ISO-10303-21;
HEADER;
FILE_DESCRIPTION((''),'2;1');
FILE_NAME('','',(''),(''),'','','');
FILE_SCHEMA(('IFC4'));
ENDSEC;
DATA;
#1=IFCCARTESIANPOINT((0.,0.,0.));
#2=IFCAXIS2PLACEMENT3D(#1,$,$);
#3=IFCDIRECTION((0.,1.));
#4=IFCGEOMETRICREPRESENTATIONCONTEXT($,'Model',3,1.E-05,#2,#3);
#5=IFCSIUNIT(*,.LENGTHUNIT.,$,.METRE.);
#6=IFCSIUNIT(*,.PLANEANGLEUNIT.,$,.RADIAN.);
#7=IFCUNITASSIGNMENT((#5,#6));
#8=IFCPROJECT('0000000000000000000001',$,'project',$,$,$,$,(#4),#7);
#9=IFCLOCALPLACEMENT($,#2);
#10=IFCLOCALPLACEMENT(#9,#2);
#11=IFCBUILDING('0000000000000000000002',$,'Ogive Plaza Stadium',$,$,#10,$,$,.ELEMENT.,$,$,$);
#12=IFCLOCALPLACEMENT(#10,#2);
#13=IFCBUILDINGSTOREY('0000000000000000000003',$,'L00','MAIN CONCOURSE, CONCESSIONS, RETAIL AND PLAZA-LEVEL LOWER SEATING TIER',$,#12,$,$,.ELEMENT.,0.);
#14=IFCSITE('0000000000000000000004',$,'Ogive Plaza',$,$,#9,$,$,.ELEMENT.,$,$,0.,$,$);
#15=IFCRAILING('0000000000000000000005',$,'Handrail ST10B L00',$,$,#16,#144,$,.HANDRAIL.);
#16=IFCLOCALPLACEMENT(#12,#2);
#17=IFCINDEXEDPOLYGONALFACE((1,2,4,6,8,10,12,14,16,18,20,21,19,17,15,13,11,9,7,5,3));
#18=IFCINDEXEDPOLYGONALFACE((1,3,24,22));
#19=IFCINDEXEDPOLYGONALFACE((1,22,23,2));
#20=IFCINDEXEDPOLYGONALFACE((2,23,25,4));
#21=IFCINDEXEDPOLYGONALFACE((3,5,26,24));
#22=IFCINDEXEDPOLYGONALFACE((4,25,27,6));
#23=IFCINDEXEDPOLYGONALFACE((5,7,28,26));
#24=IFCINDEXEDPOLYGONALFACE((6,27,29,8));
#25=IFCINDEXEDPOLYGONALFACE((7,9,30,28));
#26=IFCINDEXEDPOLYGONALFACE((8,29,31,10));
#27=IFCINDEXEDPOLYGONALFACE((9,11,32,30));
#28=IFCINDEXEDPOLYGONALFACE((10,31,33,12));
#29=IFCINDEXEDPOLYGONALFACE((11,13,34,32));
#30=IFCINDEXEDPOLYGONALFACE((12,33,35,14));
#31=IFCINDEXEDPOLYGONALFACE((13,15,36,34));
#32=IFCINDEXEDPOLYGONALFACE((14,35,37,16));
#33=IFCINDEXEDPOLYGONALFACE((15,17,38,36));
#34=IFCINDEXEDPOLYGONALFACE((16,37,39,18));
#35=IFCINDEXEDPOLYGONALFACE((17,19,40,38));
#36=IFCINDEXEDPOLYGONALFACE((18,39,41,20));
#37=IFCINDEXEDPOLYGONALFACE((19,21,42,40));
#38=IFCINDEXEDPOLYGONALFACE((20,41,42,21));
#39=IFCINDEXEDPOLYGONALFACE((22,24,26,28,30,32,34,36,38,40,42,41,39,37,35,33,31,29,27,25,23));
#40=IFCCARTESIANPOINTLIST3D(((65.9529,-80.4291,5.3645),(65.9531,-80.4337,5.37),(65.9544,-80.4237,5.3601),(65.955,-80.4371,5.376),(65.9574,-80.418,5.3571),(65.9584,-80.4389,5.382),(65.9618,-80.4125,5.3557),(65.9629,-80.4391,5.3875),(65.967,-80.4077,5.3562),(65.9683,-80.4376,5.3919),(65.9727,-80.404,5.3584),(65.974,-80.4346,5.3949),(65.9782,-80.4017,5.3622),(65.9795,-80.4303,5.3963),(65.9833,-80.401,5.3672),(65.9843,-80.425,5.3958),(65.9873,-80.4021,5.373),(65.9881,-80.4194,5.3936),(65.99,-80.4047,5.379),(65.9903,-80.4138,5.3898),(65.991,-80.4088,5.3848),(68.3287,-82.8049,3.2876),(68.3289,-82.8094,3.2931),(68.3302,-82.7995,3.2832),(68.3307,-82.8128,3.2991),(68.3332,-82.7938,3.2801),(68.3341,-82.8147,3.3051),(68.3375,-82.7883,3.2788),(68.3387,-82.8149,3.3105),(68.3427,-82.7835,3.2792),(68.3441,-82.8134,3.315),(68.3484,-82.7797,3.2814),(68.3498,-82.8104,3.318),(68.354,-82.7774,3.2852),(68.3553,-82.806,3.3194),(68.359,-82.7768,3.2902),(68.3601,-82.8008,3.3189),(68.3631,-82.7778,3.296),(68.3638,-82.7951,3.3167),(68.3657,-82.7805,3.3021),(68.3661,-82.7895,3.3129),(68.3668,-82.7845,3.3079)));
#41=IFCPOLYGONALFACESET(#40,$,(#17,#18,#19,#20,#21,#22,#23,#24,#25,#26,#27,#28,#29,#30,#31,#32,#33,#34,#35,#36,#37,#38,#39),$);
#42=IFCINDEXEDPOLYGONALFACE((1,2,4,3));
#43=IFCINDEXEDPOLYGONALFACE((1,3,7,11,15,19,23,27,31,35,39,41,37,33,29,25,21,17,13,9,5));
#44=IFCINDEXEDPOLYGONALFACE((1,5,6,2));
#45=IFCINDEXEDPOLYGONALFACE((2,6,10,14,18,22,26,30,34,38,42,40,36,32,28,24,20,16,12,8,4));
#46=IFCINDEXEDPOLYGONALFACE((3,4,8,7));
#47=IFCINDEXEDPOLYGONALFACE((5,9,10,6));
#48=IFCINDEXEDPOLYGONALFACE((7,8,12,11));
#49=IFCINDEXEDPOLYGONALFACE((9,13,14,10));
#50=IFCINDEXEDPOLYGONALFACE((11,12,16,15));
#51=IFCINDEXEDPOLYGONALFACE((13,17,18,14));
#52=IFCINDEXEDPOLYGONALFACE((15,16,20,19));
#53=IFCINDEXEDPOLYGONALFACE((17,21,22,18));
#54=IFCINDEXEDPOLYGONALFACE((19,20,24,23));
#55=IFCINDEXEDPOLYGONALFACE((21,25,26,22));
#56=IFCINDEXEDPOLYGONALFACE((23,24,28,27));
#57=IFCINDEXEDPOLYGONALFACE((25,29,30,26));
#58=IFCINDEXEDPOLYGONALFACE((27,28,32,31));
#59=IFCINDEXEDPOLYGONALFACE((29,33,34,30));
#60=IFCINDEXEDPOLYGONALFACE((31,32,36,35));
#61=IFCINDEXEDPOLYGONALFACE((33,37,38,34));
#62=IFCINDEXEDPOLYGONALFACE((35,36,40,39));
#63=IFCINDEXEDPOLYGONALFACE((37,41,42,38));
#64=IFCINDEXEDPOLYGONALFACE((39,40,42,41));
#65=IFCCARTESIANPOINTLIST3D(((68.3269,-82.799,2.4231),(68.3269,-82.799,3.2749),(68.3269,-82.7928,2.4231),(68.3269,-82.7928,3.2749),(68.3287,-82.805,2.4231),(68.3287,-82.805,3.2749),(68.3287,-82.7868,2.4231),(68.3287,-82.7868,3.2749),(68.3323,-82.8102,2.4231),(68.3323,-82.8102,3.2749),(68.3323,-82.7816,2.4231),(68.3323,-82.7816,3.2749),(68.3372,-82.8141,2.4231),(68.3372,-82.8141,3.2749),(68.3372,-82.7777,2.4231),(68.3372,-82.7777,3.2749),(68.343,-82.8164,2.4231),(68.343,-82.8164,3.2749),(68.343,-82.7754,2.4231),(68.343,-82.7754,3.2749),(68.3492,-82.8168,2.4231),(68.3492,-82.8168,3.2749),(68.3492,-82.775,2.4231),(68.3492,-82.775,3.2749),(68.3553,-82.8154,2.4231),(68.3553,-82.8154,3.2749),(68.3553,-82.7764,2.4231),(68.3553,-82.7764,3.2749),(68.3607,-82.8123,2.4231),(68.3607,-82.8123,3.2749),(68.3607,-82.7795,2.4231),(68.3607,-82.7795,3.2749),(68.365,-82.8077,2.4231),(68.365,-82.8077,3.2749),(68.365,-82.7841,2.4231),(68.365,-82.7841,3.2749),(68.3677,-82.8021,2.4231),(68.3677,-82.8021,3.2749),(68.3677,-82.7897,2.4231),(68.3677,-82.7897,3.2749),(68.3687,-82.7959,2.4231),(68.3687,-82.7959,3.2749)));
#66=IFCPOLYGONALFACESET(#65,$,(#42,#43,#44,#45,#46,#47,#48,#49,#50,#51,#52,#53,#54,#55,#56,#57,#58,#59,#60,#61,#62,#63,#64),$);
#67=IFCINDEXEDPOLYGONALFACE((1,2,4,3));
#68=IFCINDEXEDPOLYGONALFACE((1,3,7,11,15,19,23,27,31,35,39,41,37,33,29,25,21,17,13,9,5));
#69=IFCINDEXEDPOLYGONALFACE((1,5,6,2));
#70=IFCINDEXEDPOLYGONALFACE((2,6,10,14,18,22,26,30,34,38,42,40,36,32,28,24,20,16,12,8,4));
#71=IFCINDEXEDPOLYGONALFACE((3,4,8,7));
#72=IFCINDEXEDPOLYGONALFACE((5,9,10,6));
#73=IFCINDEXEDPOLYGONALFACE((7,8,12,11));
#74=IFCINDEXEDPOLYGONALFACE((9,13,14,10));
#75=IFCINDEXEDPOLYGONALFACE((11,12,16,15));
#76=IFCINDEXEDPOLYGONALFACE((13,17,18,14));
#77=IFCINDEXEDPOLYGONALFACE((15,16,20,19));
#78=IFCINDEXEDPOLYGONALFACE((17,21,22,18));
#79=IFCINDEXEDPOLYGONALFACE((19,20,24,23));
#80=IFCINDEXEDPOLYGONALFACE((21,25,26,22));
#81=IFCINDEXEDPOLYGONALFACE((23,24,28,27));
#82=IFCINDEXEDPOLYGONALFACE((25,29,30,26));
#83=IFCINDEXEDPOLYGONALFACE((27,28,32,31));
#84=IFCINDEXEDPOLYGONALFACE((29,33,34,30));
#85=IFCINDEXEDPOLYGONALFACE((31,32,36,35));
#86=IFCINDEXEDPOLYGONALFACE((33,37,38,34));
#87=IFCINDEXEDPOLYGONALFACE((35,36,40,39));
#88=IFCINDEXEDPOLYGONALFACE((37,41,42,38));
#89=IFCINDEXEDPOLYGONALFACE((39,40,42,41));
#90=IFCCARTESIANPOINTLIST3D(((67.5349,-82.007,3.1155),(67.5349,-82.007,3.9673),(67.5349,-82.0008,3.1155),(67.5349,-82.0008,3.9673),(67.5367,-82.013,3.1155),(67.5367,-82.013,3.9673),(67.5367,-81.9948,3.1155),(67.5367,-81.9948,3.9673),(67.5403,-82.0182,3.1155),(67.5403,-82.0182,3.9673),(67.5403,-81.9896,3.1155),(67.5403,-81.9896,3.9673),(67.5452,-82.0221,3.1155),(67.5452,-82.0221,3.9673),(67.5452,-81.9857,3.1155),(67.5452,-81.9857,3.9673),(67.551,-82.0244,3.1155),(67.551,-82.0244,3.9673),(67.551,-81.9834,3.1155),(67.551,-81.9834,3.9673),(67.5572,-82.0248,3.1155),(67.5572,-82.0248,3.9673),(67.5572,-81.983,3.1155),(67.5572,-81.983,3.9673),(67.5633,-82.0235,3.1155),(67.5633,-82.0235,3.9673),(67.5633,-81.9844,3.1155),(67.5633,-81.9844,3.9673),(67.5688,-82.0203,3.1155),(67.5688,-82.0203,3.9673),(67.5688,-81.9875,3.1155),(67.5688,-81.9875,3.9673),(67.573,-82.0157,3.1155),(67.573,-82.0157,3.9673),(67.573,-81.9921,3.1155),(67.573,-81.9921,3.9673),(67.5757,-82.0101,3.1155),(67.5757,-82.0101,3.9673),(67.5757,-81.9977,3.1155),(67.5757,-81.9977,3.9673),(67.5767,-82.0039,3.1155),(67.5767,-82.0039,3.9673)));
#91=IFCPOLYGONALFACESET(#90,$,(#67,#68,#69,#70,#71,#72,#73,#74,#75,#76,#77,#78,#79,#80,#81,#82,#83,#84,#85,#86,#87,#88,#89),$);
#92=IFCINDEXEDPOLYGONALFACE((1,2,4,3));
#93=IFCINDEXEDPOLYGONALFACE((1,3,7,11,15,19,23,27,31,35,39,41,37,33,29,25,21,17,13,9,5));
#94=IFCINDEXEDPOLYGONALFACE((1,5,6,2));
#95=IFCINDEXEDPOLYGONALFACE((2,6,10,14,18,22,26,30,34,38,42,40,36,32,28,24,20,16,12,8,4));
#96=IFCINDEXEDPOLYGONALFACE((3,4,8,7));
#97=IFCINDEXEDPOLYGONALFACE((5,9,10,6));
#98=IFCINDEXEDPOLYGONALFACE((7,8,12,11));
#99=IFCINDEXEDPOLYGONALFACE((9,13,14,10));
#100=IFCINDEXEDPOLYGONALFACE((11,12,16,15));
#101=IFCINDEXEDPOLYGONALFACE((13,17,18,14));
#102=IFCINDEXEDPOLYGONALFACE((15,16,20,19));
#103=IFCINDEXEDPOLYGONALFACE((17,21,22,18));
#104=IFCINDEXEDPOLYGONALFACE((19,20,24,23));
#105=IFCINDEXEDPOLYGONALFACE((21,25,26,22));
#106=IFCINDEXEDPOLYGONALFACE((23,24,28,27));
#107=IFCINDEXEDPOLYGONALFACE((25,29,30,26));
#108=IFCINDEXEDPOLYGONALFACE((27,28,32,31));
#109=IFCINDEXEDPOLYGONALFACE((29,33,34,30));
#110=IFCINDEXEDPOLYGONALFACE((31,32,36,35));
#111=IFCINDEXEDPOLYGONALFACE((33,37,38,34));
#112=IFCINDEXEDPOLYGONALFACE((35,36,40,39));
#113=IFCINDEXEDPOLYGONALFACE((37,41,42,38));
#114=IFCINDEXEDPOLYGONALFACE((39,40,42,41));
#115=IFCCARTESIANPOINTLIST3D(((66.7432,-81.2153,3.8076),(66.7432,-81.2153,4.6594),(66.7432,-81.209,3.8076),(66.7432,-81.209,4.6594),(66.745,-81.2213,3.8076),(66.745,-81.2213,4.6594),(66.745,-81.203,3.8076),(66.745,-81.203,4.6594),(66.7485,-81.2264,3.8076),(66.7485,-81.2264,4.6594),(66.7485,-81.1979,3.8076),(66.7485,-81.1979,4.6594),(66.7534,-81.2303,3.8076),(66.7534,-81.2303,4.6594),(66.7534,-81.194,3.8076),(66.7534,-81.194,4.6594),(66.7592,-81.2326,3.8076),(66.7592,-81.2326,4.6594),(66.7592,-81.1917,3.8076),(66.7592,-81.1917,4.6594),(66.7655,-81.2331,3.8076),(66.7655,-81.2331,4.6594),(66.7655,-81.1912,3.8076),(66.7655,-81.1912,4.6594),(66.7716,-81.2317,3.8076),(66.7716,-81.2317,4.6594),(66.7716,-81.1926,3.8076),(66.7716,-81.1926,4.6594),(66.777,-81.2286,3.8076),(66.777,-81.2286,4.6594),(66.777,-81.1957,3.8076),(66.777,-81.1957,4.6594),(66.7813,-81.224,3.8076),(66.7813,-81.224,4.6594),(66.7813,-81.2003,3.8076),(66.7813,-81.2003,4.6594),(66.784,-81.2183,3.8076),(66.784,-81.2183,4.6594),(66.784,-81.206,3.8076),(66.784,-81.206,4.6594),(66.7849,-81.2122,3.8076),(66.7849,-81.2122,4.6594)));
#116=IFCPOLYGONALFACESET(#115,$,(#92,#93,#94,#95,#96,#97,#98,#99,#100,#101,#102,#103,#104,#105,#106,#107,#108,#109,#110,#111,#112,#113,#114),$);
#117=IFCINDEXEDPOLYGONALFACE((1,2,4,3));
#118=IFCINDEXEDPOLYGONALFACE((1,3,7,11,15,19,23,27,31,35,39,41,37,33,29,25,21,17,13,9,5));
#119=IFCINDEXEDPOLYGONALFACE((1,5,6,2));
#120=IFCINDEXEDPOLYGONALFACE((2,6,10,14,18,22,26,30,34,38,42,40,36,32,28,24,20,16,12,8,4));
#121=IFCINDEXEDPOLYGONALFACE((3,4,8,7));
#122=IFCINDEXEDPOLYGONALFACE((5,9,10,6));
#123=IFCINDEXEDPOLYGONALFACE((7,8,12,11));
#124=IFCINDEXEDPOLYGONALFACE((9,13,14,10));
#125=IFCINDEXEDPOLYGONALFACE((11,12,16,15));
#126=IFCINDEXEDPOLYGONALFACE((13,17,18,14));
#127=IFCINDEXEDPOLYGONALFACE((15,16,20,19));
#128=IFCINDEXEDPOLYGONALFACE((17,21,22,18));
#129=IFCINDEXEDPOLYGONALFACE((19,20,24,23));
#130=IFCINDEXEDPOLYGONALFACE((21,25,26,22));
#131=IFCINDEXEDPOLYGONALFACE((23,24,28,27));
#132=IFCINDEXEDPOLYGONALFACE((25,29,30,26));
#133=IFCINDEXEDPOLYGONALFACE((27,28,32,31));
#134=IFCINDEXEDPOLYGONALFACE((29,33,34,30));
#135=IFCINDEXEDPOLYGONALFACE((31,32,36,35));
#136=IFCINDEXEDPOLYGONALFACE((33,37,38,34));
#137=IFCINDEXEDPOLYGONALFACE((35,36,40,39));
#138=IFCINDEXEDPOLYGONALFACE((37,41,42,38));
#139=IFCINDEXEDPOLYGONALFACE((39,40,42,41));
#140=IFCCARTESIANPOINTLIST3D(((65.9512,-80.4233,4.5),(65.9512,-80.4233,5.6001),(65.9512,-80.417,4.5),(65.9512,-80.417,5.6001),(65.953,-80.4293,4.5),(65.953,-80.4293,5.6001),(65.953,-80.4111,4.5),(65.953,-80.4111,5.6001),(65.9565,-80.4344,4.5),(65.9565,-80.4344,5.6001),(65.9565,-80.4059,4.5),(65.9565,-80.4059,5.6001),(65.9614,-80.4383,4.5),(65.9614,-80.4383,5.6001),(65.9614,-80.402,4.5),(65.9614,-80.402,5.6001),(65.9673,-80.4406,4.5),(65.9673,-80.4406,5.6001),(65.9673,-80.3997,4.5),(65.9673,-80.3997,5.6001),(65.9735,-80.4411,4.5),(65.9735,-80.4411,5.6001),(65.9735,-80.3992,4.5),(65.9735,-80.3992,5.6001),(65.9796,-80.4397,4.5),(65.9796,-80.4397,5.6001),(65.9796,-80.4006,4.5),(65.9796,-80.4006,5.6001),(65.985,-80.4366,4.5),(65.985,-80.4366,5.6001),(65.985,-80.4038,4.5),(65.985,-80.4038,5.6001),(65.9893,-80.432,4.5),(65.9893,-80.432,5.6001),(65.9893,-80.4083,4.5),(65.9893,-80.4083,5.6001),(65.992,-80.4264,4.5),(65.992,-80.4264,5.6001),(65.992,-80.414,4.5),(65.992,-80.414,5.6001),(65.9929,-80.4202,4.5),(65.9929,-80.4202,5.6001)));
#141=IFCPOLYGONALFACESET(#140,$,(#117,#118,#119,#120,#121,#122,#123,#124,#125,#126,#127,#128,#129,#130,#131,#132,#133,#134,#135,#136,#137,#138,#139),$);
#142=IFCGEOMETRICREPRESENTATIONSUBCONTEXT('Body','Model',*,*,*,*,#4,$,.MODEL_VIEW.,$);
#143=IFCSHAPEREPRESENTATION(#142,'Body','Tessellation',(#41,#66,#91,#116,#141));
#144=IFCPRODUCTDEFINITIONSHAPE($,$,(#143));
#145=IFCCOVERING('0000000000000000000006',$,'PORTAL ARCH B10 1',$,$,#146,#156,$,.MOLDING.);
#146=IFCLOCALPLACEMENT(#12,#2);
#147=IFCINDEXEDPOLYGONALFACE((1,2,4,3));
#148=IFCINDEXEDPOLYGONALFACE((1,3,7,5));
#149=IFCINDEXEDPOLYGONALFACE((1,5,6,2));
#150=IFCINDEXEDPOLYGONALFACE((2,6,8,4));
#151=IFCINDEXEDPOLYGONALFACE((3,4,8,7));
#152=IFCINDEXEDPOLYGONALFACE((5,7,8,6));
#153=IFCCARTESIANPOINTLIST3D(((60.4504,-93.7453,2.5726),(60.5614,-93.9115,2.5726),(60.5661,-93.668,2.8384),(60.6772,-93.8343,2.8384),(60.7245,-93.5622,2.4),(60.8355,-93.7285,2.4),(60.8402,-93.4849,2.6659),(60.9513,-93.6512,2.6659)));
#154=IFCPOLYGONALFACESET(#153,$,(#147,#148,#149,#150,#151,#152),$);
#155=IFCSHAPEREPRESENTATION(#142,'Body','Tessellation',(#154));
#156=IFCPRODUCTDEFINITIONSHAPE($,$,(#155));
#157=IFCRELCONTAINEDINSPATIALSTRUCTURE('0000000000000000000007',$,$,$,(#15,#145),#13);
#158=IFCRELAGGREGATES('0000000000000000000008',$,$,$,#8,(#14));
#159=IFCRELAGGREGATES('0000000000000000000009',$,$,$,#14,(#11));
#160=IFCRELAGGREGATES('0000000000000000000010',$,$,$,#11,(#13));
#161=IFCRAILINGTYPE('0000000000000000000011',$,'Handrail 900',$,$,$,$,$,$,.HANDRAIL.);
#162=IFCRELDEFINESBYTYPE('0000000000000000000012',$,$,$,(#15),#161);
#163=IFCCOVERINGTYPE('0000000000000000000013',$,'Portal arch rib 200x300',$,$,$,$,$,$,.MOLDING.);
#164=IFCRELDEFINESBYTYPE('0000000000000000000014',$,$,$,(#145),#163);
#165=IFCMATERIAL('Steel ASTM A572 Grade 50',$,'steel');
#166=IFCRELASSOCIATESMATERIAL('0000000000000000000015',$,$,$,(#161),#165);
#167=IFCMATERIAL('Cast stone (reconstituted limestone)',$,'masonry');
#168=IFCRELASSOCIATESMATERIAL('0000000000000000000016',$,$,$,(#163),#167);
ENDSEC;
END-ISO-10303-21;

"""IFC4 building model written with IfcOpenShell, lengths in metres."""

from ifc_helpers import new_model, si_unit, direction, frame, origin, origin_2d, place, context, subcontext, project, spatial, rectangle, circle, extrude, material, material_profile, profile_set, type_object, element, save


model = new_model("IFC4")

# Units and contexts
model_context = context("Model", 3, precision=1e-05, world=origin(), true_north=direction((0.0, 1.0)))
body_context = subcontext(model_context, "Body", "Model", "MODEL_VIEW")
ifc_project = project(units=[si_unit("LENGTHUNIT", "METRE"), si_unit("PLANEANGLEUNIT", "RADIAN")], contexts=[model_context])

# Site, building, storey
site_placement = place(None, origin())
site = spatial("IfcSite", under=ifc_project, at=site_placement, Name="Ogive Plaza", CompositionType="ELEMENT", RefElevation=0.0)
building_placement = place(site_placement, origin())
building = spatial("IfcBuilding", under=site, at=building_placement, Name="Ogive Plaza Stadium", CompositionType="ELEMENT")
storey_placement = place(building_placement, origin())
storey = spatial("IfcBuildingStorey", under=building, at=storey_placement, Name="L00", Description="MAIN CONCOURSE, CONCESSIONS, RETAIL AND PLAZA-LEVEL LOWER SEATING TIER", CompositionType="ELEMENT", Elevation=0.0)

# Railing
ifc_material_1 = material(Name="Steel ASTM A572 Grade 50", Category="steel")
railing_type_1 = type_object("IfcRailingType", Name="Handrail 900", PredefinedType="HANDRAIL", material=ifc_material_1)
for number, where, name in (
    (1, (68.3477, -82.7959, 2.4231), "Handrail ST10B L00"),
):
    element("IfcRailing", number, at=place(storey_placement, frame(where)), inside=storey, type_object=railing_type_1, Name=name, PredefinedType="HANDRAIL", context=body_context, shape_type="SweptSolid", body=[
        extrude(circle(Radius=0.0239, at=origin_2d()), frame((0.0, 0.0, 0.876), z_axis=(-0.601466, 0.601466, 0.525811), x_axis=(-0.707107, -0.707107, 0.0)), (0.0, 0.0, 1.0), 3.95),
        extrude(circle(Radius=0.021, at=origin_2d()), origin(), (0.0, 0.0, 1.0), 0.8518),
        extrude(circle(Radius=0.021, at=origin_2d()), frame((-0.792, 0.792, 0.6924)), (0.0, 0.0, 1.0), 0.8518),
        extrude(circle(Radius=0.021, at=origin_2d()), frame((-1.5837, 1.5837, 1.3845)), (0.0, 0.0, 1.0), 0.8518),
        extrude(circle(Radius=0.021, at=origin_2d()), frame((-2.3757, 2.3757, 2.0769)), (0.0, 0.0, 1.0), 1.1001),
    ])

# Covering
ifc_material_2 = material(Name="Cast stone (reconstituted limestone)", Category="masonry")
ifc_material_profile_1 = material_profile(ifc_material_2, rectangle(XDim=0.2, YDim=0.3, at=origin_2d()), Name="Cast stone 200x300")
ifc_profile_set_1 = profile_set([ifc_material_profile_1], Name="Cast stone (reconstituted limestone)")
covering_type = type_object("IfcCoveringType", Name="Portal arch rib 200x300", PredefinedType="MOLDING", material=ifc_profile_set_1)
covering_placement = place(storey_placement, frame((60.8379, -93.6067, 2.533), z_axis=(-0.736734, -0.49203, 0.463821), x_axis=(0.555384, -0.831594, 0.0)))
element("IfcCovering", 2, at=covering_placement, inside=storey, type_object=covering_type, Name="PORTAL ARCH B10 1", PredefinedType="MOLDING", context=body_context, shape_type="SweptSolid", body=[
    extrude(rectangle(XDim=0.2, YDim=0.3, at=origin_2d()), origin(), (0.0, 0.0, 1.0), 0.3721),
])

save(model, "model.ifc")
